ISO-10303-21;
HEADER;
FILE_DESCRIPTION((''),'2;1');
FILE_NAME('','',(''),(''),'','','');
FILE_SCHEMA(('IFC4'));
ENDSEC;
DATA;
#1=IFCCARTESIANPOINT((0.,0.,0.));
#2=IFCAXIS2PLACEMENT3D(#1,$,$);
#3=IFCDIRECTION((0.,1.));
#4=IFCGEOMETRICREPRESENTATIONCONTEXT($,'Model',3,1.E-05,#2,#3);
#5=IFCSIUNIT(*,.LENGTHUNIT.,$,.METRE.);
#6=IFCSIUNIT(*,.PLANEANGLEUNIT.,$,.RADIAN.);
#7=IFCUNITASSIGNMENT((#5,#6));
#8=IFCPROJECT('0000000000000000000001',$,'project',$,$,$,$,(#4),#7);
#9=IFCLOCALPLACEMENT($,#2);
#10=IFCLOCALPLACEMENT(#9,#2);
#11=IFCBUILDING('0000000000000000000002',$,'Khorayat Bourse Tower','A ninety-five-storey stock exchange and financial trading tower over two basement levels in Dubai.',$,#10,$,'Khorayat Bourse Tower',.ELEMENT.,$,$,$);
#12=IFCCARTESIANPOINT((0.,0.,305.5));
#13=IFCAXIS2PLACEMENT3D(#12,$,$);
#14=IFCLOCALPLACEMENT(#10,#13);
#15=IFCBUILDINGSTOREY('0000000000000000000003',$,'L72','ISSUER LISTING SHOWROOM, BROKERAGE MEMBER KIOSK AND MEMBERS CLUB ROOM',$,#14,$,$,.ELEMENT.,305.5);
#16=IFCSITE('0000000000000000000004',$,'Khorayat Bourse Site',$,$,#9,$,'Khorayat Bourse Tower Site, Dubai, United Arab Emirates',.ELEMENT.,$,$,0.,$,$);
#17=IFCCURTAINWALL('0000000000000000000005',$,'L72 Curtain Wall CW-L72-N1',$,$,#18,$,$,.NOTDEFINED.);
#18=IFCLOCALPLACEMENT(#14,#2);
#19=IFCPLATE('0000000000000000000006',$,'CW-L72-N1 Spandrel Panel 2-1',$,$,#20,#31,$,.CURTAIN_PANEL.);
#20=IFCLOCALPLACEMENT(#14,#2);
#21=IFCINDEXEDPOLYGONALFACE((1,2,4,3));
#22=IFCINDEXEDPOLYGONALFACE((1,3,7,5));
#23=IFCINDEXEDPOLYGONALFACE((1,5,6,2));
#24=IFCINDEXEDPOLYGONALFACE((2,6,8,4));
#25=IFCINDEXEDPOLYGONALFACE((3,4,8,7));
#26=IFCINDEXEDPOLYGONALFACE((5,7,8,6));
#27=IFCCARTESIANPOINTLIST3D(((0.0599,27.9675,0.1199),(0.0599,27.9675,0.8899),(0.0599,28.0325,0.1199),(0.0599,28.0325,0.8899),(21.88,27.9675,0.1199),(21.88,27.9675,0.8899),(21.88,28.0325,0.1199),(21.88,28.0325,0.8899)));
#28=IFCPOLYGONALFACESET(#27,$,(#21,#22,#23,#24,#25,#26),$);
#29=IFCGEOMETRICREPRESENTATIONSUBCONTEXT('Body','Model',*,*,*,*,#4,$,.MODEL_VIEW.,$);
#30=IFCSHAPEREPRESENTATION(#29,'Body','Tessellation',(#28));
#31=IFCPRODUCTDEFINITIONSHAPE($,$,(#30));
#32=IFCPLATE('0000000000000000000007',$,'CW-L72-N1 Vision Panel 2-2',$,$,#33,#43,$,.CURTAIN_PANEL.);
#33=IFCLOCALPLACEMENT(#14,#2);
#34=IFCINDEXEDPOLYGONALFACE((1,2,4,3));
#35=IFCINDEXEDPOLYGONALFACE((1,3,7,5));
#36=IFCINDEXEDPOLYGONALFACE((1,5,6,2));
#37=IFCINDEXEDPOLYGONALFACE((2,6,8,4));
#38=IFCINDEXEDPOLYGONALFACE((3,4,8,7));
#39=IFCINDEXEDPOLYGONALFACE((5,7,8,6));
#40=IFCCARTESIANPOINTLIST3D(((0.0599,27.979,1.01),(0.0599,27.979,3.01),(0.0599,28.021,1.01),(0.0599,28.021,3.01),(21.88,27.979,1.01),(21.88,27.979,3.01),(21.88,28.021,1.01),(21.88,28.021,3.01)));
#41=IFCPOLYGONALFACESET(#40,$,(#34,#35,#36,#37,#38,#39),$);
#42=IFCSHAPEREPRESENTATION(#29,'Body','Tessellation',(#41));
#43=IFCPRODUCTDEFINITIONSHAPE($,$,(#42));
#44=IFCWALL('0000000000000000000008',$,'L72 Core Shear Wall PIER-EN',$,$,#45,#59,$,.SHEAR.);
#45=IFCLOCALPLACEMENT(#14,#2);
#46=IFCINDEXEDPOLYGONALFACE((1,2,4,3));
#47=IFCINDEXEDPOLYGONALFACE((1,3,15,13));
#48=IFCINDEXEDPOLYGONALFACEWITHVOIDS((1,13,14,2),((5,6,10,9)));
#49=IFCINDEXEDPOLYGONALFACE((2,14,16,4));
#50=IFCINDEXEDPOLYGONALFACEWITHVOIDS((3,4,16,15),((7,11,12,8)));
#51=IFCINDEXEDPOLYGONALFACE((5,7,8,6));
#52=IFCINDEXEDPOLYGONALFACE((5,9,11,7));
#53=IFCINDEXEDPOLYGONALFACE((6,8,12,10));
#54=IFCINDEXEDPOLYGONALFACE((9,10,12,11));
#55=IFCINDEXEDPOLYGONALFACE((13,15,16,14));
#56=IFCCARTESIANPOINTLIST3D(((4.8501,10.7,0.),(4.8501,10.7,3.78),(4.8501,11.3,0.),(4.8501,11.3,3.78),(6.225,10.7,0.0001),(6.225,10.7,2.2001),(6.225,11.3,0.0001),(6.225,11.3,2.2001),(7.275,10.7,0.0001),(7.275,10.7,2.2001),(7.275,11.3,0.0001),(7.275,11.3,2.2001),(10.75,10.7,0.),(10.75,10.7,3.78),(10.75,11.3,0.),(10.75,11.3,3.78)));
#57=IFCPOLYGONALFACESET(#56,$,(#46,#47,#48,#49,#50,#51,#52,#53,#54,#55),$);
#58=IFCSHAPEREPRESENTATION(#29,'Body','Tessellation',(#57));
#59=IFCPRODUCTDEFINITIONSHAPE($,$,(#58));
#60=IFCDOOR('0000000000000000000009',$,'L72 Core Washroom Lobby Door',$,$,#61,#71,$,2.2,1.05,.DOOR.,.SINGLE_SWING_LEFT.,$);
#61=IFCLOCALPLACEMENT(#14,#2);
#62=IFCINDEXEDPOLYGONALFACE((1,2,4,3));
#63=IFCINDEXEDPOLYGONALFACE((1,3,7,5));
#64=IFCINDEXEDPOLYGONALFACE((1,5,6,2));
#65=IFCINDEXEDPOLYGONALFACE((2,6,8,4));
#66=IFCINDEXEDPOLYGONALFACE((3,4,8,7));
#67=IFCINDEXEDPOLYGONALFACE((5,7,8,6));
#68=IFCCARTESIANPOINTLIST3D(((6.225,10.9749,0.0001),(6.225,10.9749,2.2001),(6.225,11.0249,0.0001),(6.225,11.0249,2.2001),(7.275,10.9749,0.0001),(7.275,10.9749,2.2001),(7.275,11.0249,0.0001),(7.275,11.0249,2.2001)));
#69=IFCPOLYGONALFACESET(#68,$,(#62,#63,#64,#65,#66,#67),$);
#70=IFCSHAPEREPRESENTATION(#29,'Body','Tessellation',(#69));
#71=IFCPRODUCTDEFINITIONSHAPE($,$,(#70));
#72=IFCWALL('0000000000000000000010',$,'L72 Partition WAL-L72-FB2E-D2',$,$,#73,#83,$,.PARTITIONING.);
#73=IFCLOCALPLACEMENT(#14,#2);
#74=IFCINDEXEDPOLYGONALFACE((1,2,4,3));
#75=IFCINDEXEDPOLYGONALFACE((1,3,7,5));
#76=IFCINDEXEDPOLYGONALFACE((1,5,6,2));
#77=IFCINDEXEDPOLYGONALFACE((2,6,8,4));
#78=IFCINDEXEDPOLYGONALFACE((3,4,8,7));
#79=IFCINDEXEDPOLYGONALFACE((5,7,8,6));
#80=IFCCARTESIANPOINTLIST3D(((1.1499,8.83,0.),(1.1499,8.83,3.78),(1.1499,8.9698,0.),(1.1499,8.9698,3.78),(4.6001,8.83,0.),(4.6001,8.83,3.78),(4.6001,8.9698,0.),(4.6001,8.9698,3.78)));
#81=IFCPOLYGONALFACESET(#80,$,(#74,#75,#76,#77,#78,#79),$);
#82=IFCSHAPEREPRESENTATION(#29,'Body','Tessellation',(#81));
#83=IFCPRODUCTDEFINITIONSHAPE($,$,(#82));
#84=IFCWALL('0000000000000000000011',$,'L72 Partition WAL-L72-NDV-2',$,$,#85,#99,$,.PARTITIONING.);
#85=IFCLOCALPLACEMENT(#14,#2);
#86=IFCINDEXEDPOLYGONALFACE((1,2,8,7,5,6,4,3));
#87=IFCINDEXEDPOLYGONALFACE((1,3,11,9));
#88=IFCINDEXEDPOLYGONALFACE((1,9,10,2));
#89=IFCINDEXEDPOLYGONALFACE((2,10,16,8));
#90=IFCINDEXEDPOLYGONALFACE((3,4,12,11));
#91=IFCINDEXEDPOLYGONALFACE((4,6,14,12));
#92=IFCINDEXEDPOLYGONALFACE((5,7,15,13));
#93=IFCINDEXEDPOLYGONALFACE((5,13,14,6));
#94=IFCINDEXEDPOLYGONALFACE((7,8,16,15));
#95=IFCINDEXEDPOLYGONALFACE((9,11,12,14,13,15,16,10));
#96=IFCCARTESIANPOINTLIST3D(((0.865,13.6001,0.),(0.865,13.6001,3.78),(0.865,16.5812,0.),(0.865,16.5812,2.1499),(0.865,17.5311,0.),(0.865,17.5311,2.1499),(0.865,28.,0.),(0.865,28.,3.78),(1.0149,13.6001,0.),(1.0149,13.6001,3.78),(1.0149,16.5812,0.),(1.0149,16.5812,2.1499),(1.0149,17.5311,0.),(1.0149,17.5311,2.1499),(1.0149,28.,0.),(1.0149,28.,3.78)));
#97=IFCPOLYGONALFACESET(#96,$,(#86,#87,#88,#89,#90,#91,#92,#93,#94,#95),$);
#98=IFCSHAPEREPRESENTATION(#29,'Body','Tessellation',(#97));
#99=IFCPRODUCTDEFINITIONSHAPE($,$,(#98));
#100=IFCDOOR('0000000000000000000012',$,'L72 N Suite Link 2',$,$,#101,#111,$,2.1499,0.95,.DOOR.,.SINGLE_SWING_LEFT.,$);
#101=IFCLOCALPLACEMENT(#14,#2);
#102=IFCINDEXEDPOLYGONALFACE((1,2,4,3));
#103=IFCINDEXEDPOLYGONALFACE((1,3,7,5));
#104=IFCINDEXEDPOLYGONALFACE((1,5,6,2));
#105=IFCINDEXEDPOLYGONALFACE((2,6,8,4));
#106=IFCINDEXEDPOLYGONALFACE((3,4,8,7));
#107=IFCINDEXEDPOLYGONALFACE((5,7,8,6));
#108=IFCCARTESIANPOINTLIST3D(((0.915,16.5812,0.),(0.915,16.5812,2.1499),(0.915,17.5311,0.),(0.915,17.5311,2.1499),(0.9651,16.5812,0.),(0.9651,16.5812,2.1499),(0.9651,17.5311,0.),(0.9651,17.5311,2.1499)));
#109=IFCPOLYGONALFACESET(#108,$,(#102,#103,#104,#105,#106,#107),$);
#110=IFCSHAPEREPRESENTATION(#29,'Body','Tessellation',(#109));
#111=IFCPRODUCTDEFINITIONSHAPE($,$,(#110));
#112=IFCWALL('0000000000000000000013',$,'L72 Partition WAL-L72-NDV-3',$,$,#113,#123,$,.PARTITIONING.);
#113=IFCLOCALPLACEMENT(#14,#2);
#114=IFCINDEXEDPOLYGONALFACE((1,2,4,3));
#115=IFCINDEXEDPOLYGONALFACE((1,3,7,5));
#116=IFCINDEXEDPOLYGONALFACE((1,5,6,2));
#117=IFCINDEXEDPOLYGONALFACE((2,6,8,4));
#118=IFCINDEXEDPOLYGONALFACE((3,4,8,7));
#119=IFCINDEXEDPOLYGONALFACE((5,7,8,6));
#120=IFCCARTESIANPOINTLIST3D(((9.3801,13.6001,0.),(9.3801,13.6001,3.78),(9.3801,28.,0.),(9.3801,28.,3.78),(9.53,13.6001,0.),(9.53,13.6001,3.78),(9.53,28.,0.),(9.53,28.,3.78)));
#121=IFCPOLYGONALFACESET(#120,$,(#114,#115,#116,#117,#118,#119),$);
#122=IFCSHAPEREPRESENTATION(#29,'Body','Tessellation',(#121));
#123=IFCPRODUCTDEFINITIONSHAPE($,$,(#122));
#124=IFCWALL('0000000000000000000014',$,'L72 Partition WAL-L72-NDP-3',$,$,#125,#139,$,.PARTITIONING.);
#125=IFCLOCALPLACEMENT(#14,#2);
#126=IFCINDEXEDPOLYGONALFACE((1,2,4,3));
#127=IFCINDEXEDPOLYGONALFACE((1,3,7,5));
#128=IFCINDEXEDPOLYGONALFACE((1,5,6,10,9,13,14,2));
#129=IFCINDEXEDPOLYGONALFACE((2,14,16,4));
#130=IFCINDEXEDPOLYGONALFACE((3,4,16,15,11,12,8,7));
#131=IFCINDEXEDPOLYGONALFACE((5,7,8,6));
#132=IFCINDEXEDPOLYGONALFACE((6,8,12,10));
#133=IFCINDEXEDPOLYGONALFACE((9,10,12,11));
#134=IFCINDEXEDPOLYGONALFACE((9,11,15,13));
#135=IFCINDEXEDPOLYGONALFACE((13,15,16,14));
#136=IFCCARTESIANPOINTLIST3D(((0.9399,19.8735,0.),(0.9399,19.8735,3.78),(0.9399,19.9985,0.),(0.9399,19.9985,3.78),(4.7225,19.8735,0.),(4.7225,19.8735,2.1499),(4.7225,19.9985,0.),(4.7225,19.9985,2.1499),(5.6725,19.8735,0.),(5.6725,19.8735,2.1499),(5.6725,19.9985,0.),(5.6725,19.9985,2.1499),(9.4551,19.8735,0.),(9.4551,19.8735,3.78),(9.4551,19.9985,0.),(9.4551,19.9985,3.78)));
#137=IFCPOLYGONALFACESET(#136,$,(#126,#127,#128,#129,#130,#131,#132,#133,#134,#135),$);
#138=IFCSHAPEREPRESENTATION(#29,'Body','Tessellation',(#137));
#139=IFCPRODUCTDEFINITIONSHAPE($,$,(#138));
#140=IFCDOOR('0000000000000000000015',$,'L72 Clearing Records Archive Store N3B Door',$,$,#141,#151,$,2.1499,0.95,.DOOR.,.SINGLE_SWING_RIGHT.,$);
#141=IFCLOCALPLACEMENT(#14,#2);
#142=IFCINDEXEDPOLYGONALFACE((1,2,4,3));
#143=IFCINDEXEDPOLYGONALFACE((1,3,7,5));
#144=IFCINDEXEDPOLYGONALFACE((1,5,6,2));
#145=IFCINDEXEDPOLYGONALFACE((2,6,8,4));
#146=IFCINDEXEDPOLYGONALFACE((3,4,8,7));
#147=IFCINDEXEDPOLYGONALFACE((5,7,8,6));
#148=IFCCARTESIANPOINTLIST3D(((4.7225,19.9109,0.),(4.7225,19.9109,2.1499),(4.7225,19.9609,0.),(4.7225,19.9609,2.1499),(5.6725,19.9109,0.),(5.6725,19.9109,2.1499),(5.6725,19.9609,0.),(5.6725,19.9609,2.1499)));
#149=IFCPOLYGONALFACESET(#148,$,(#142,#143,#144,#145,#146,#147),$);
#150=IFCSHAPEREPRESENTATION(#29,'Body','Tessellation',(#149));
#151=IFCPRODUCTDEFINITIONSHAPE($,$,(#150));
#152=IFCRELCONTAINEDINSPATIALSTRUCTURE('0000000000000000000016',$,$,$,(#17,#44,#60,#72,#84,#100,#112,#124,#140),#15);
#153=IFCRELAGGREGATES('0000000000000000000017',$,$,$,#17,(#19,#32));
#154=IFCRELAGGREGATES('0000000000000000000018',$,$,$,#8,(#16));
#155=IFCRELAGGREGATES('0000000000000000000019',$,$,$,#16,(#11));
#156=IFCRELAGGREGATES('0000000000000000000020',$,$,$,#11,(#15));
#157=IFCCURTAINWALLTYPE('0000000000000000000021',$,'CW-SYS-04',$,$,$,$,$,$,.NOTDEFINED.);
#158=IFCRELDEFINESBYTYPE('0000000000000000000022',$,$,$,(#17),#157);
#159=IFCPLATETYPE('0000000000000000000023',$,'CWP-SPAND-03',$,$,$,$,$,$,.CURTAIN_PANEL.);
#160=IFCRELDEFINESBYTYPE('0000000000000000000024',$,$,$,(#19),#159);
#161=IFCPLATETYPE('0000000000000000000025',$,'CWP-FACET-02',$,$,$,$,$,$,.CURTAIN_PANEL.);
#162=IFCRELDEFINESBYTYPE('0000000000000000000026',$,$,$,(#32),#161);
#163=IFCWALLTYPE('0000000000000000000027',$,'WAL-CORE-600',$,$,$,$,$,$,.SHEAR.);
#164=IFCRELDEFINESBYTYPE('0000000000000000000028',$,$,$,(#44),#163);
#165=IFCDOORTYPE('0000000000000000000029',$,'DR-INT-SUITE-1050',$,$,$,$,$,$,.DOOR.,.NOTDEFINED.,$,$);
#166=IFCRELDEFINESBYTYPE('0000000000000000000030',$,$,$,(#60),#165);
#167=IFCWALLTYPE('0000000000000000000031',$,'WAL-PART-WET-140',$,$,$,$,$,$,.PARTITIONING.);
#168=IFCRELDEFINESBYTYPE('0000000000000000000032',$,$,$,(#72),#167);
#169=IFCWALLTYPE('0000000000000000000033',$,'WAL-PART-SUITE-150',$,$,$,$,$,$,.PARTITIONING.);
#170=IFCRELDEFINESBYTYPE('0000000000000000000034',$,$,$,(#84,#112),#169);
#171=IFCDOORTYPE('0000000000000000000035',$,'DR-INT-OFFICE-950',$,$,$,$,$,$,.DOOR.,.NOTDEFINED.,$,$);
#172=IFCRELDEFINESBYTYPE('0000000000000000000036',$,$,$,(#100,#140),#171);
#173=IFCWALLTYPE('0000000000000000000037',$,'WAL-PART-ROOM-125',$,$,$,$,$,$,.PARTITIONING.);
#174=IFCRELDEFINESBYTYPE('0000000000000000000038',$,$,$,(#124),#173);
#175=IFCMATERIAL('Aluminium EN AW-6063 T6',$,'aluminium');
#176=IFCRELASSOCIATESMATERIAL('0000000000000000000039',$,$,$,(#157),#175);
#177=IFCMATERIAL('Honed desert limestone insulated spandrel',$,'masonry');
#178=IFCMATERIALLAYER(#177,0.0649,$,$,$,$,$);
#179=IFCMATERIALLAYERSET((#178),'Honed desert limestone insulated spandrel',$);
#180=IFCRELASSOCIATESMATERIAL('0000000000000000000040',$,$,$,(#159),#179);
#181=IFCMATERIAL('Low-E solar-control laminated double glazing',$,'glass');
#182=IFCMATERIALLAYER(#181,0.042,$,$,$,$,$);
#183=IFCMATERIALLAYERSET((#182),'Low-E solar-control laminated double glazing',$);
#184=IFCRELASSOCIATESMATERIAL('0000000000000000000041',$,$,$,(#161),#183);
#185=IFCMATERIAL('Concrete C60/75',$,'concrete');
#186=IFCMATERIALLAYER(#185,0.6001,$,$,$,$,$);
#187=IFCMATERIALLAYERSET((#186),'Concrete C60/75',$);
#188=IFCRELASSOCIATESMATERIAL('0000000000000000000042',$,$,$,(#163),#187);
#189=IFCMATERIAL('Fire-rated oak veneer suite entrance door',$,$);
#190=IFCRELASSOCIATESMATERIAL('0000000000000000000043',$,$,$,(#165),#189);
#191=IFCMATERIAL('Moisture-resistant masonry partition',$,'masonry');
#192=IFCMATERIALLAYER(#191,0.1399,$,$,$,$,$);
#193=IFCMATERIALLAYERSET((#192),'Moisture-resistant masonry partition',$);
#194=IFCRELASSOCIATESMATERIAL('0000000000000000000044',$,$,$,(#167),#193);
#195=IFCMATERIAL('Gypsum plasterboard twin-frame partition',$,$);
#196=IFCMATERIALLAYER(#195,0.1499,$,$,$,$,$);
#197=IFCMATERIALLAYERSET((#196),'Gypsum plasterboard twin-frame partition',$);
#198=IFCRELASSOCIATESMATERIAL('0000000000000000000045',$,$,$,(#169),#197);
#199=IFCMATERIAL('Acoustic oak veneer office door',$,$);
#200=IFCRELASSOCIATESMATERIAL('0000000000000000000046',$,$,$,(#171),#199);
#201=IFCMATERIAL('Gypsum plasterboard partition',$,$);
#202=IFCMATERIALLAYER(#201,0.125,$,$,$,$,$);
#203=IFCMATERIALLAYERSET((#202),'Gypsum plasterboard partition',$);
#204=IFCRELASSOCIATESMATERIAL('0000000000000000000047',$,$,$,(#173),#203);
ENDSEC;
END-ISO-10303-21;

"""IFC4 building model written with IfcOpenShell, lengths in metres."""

from ifc_helpers import new_model, si_unit, direction, frame, frame_2d, origin, origin_2d, place, context, subcontext, project, spatial, rectangle, extrude, source, transform, mapped, material, layer, layer_set, type_object, element, fill, aggregate, save


model = new_model("IFC4")

# Units and contexts
model_context = context("Model", 3, precision=1e-05, world=origin(), true_north=direction((0.0, 1.0)))
body_context = subcontext(model_context, "Body", "Model", "MODEL_VIEW")
ifc_project = project(units=[si_unit("LENGTHUNIT", "METRE"), si_unit("PLANEANGLEUNIT", "RADIAN")], contexts=[model_context])

# Site, building, storey
site_placement = place(None, origin())
site = spatial("IfcSite", under=ifc_project, at=site_placement, Name="Khorayat Bourse Site", LongName="Khorayat Bourse Tower Site, Dubai, United Arab Emirates", CompositionType="ELEMENT", RefElevation=0.0)
building_placement = place(site_placement, origin())
building = spatial("IfcBuilding", under=site, at=building_placement, Name="Khorayat Bourse Tower", Description="A ninety-five-storey stock exchange and financial trading tower over two basement levels in Dubai.", LongName="Khorayat Bourse Tower", CompositionType="ELEMENT")
storey_placement = place(building_placement, frame((0.0, 0.0, 305.5)))
storey = spatial("IfcBuildingStorey", under=building, at=storey_placement, Name="L72", Description="ISSUER LISTING SHOWROOM, BROKERAGE MEMBER KIOSK AND MEMBERS CLUB ROOM", CompositionType="ELEMENT", Elevation=305.5)

# Shared definitions
ifc_material_1 = material(Name="Concrete C60/75", Category="concrete")

# Curtain wall
ifc_material_2 = material(Name="Aluminium EN AW-6063 T6", Category="aluminium")
curtain_wall_type = type_object("IfcCurtainWallType", Name="CW-SYS-04", PredefinedType="NOTDEFINED", material=ifc_material_2)
curtain_wall_placement = place(storey_placement, origin())
curtain_wall = element("IfcCurtainWall", 1, at=curtain_wall_placement, inside=storey, type_object=curtain_wall_type, Name="L72 Curtain Wall CW-L72-N1", PredefinedType="NOTDEFINED")

# Plates
ifc_material_3 = material(Name="Honed desert limestone insulated spandrel", Category="masonry")
ifc_layer_1 = layer(ifc_material_3, 0.0649)
ifc_layer_set_1 = layer_set([ifc_layer_1], Name="Honed desert limestone insulated spandrel")
plate_type_1 = type_object("IfcPlateType", Name="CWP-SPAND-03", PredefinedType="CURTAIN_PANEL", material=ifc_layer_set_1)
shared_shape_1 = source(origin(), body_context, "Body", "SweptSolid", [
    extrude(rectangle(XDim=21.8201, YDim=0.0649, at=origin_2d()), origin(), (0.0, 0.0, 1.0), 0.77),
])
plate_1_placement = place(storey_placement, frame((10.97, 28.0, 0.1199), z_axis=(0.0, 0.0, 1.0), x_axis=(1.0, 0.0, 0.0)))
plate_1 = element("IfcPlate", 2, at=plate_1_placement, type_object=plate_type_1, Name="CW-L72-N1 Spandrel Panel 2-1", PredefinedType="CURTAIN_PANEL", context=body_context, shape_type="MappedRepresentation", body=[
    mapped(shared_shape_1, transform((0.0, 0.0, 0.0), scale=1.0)),
])
ifc_material_4 = material(Name="Low-E solar-control laminated double glazing", Category="glass")
ifc_layer_2 = layer(ifc_material_4, 0.042)
ifc_layer_set_2 = layer_set([ifc_layer_2], Name="Low-E solar-control laminated double glazing")
plate_type_2 = type_object("IfcPlateType", Name="CWP-FACET-02", PredefinedType="CURTAIN_PANEL", material=ifc_layer_set_2)
shared_shape_2 = source(origin(), body_context, "Body", "SweptSolid", [
    extrude(rectangle(XDim=21.8201, YDim=0.042, at=origin_2d()), origin(), (0.0, 0.0, 1.0), 2.0),
])
plate_2_placement = place(storey_placement, frame((10.97, 28.0, 1.01), z_axis=(0.0, 0.0, 1.0), x_axis=(1.0, 0.0, 0.0)))
plate_2 = element("IfcPlate", 3, at=plate_2_placement, type_object=plate_type_2, Name="CW-L72-N1 Vision Panel 2-2", PredefinedType="CURTAIN_PANEL", context=body_context, shape_type="MappedRepresentation", body=[
    mapped(shared_shape_2, transform((0.0, 0.0, 0.0), scale=1.0)),
])
aggregate(curtain_wall, [plate_1, plate_2])

# Wall, opening, door
ifc_layer_3 = layer(ifc_material_1, 0.6001)
ifc_layer_set_3 = layer_set([ifc_layer_3], Name="Concrete C60/75")
wall_type_1 = type_object("IfcWallType", Name="WAL-CORE-600", PredefinedType="SHEAR", material=ifc_layer_set_3)
shared_shape_3 = source(origin(), body_context, "Body", "SweptSolid", [
    extrude(rectangle(XDim=5.8999, YDim=0.6001, at=frame_2d((2.95, 0.0))), origin(), (0.0, 0.0, 1.0), 3.78),
])
wall_1_placement = place(storey_placement, frame((4.8501, 11.0, 0.0), z_axis=(0.0, 0.0, 1.0), x_axis=(1.0, 0.0, 0.0)))
wall_1 = element("IfcWall", 4, at=wall_1_placement, inside=storey, type_object=wall_type_1, Name="L72 Core Shear Wall PIER-EN", PredefinedType="SHEAR", context=body_context, shape_type="MappedRepresentation", body=[
    mapped(shared_shape_3, transform((0.0, 0.0, 0.0), scale=1.0)),
])
shared_shape_4 = source(origin(), body_context, "Body", "SweptSolid", [
    extrude(rectangle(XDim=1.05, YDim=2.2, at=frame_2d((0.5249, 1.1001))), frame((0.0, 0.3101, 0.0), z_axis=(0.0, -1.0, 0.0), x_axis=(1.0, 0.0, 0.0)), (0.0, 0.0, 1.0), 0.6201),
])
opening_1_placement = place(wall_1_placement, frame((1.375, 0.0, 0.0)))
opening_1 = element("IfcOpeningElement", 5, at=opening_1_placement, cuts=wall_1, PredefinedType="OPENING", context=body_context, shape_type="MappedRepresentation", body=[
    mapped(shared_shape_4, transform((0.0, 0.0, 0.0), scale=1.0)),
])
ifc_material_5 = material(Name="Fire-rated oak veneer suite entrance door")
door_type_1 = type_object("IfcDoorType", Name="DR-INT-SUITE-1050", OperationType="NOTDEFINED", PredefinedType="DOOR", material=ifc_material_5)
shared_shape_5 = source(origin(), body_context, "Body", "SweptSolid", [
    extrude(rectangle(XDim=1.05, YDim=2.2, at=frame_2d((0.5249, 1.1001))), frame((0.0, 0.0249, 0.0), z_axis=(0.0, -1.0, 0.0), x_axis=(1.0, 0.0, 0.0)), (0.0, 0.0, 1.0), 0.05),
])
door_1_placement = place(opening_1_placement, origin())
door_1 = element("IfcDoor", 6, at=door_1_placement, inside=storey, type_object=door_type_1, Name="L72 Core Washroom Lobby Door", OperationType="SINGLE_SWING_LEFT", OverallHeight=2.2, OverallWidth=1.05, PredefinedType="DOOR", context=body_context, shape_type="MappedRepresentation", body=[
    mapped(shared_shape_5, transform((0.0, 0.0, 0.0), scale=1.0)),
])
fill(opening_1, door_1)
ifc_material_6 = material(Name="Moisture-resistant masonry partition", Category="masonry")
ifc_layer_4 = layer(ifc_material_6, 0.1399)
ifc_layer_set_4 = layer_set([ifc_layer_4], Name="Moisture-resistant masonry partition")
wall_type_2 = type_object("IfcWallType", Name="WAL-PART-WET-140", PredefinedType="PARTITIONING", material=ifc_layer_set_4)

# Wall
shared_shape_6 = source(origin(), body_context, "Body", "SweptSolid", [
    extrude(rectangle(XDim=3.4502, YDim=0.1399, at=frame_2d((1.7251, 0.0))), origin(), (0.0, 0.0, 1.0), 3.78),
])
wall_2_placement = place(storey_placement, frame((1.1499, 8.8999, 0.0), z_axis=(0.0, 0.0, 1.0), x_axis=(1.0, 0.0, 0.0)))
element("IfcWall", 7, at=wall_2_placement, inside=storey, type_object=wall_type_2, Name="L72 Partition WAL-L72-FB2E-D2", PredefinedType="PARTITIONING", context=body_context, shape_type="MappedRepresentation", body=[
    mapped(shared_shape_6, transform((0.0, 0.0, 0.0), scale=1.0)),
])

# Wall, opening, door
ifc_material_7 = material(Name="Gypsum plasterboard twin-frame partition")
ifc_layer_5 = layer(ifc_material_7, 0.1499)
ifc_layer_set_5 = layer_set([ifc_layer_5], Name="Gypsum plasterboard twin-frame partition")
wall_type_3 = type_object("IfcWallType", Name="WAL-PART-SUITE-150", PredefinedType="PARTITIONING", material=ifc_layer_set_5)
shared_shape_7 = source(origin(), body_context, "Body", "SweptSolid", [
    extrude(rectangle(XDim=14.3999, YDim=0.1499, at=frame_2d((7.2, 0.0))), origin(), (0.0, 0.0, 1.0), 3.78),
])
wall_3_placement = place(storey_placement, frame((0.9399, 13.6001, 0.0), z_axis=(0.0, 0.0, 1.0), x_axis=(0.0, 1.0, 0.0)))
wall_3 = element("IfcWall", 8, at=wall_3_placement, inside=storey, type_object=wall_type_3, Name="L72 Partition WAL-L72-NDV-2", PredefinedType="PARTITIONING", context=body_context, shape_type="MappedRepresentation", body=[
    mapped(shared_shape_7, transform((0.0, 0.0, 0.0), scale=1.0)),
])
shared_shape_8 = source(origin(), body_context, "Body", "SweptSolid", [
    extrude(rectangle(XDim=0.95, YDim=2.1499, at=frame_2d((0.4751, 1.075))), frame((0.0, 0.085, 0.0), z_axis=(0.0, -1.0, 0.0), x_axis=(1.0, 0.0, 0.0)), (0.0, 0.0, 1.0), 0.1699),
])
opening_2_placement = place(wall_3_placement, frame((2.981, 0.0, 0.0)))
opening_2 = element("IfcOpeningElement", 9, at=opening_2_placement, cuts=wall_3, PredefinedType="OPENING", context=body_context, shape_type="MappedRepresentation", body=[
    mapped(shared_shape_8, transform((0.0, 0.0, 0.0), scale=1.0)),
])
ifc_material_8 = material(Name="Acoustic oak veneer office door")
door_type_2 = type_object("IfcDoorType", Name="DR-INT-OFFICE-950", OperationType="NOTDEFINED", PredefinedType="DOOR", material=ifc_material_8)
shared_shape_9 = source(origin(), body_context, "Body", "SweptSolid", [
    extrude(rectangle(XDim=0.95, YDim=2.1499, at=frame_2d((0.4751, 1.075))), frame((0.0, 0.0249, 0.0), z_axis=(0.0, -1.0, 0.0), x_axis=(1.0, 0.0, 0.0)), (0.0, 0.0, 1.0), 0.05),
])
door_2_placement = place(opening_2_placement, origin())
door_2 = element("IfcDoor", 10, at=door_2_placement, inside=storey, type_object=door_type_2, Name="L72 N Suite Link 2", OperationType="SINGLE_SWING_LEFT", OverallHeight=2.1499, OverallWidth=0.95, PredefinedType="DOOR", context=body_context, shape_type="MappedRepresentation", body=[
    mapped(shared_shape_9, transform((0.0, 0.0, 0.0), scale=1.0)),
])
fill(opening_2, door_2)

# Wall
wall_4_placement = place(storey_placement, frame((9.4551, 13.6001, 0.0), z_axis=(0.0, 0.0, 1.0), x_axis=(0.0, 1.0, 0.0)))
element("IfcWall", 11, at=wall_4_placement, inside=storey, type_object=wall_type_3, Name="L72 Partition WAL-L72-NDV-3", PredefinedType="PARTITIONING", context=body_context, shape_type="MappedRepresentation", body=[
    mapped(shared_shape_7, transform((0.0, 0.0, 0.0), scale=1.0)),
])

# Wall, opening, door
ifc_material_9 = material(Name="Gypsum plasterboard partition")
ifc_layer_6 = layer(ifc_material_9, 0.125)
ifc_layer_set_6 = layer_set([ifc_layer_6], Name="Gypsum plasterboard partition")
wall_type_4 = type_object("IfcWallType", Name="WAL-PART-ROOM-125", PredefinedType="PARTITIONING", material=ifc_layer_set_6)
shared_shape_10 = source(origin(), body_context, "Body", "SweptSolid", [
    extrude(rectangle(XDim=8.5151, YDim=0.125, at=frame_2d((4.2576, 0.0))), origin(), (0.0, 0.0, 1.0), 3.78),
])
wall_5_placement = place(storey_placement, frame((0.9399, 19.936, 0.0), z_axis=(0.0, 0.0, 1.0), x_axis=(1.0, 0.0, 0.0)))
wall_5 = element("IfcWall", 12, at=wall_5_placement, inside=storey, type_object=wall_type_4, Name="L72 Partition WAL-L72-NDP-3", PredefinedType="PARTITIONING", context=body_context, shape_type="MappedRepresentation", body=[
    mapped(shared_shape_10, transform((0.0, 0.0, 0.0), scale=1.0)),
])
shared_shape_11 = source(origin(), body_context, "Body", "SweptSolid", [
    extrude(rectangle(XDim=0.95, YDim=2.1499, at=frame_2d((0.4751, 1.075))), frame((0.0, 0.0725, 0.0), z_axis=(0.0, -1.0, 0.0), x_axis=(1.0, 0.0, 0.0)), (0.0, 0.0, 1.0), 0.145),
])
opening_3_placement = place(wall_5_placement, frame((3.7825, 0.0, 0.0)))
opening_3 = element("IfcOpeningElement", 13, at=opening_3_placement, cuts=wall_5, PredefinedType="OPENING", context=body_context, shape_type="MappedRepresentation", body=[
    mapped(shared_shape_11, transform((0.0, 0.0, 0.0), scale=1.0)),
])
door_3_placement = place(opening_3_placement, origin())
door_3 = element("IfcDoor", 14, at=door_3_placement, inside=storey, type_object=door_type_2, Name="L72 Clearing Records Archive Store N3B Door", OperationType="SINGLE_SWING_RIGHT", OverallHeight=2.1499, OverallWidth=0.95, PredefinedType="DOOR", context=body_context, shape_type="MappedRepresentation", body=[
    mapped(shared_shape_9, transform((0.0, 0.0, 0.0), scale=1.0)),
])
fill(opening_3, door_3)

save(model, "model.ifc")
